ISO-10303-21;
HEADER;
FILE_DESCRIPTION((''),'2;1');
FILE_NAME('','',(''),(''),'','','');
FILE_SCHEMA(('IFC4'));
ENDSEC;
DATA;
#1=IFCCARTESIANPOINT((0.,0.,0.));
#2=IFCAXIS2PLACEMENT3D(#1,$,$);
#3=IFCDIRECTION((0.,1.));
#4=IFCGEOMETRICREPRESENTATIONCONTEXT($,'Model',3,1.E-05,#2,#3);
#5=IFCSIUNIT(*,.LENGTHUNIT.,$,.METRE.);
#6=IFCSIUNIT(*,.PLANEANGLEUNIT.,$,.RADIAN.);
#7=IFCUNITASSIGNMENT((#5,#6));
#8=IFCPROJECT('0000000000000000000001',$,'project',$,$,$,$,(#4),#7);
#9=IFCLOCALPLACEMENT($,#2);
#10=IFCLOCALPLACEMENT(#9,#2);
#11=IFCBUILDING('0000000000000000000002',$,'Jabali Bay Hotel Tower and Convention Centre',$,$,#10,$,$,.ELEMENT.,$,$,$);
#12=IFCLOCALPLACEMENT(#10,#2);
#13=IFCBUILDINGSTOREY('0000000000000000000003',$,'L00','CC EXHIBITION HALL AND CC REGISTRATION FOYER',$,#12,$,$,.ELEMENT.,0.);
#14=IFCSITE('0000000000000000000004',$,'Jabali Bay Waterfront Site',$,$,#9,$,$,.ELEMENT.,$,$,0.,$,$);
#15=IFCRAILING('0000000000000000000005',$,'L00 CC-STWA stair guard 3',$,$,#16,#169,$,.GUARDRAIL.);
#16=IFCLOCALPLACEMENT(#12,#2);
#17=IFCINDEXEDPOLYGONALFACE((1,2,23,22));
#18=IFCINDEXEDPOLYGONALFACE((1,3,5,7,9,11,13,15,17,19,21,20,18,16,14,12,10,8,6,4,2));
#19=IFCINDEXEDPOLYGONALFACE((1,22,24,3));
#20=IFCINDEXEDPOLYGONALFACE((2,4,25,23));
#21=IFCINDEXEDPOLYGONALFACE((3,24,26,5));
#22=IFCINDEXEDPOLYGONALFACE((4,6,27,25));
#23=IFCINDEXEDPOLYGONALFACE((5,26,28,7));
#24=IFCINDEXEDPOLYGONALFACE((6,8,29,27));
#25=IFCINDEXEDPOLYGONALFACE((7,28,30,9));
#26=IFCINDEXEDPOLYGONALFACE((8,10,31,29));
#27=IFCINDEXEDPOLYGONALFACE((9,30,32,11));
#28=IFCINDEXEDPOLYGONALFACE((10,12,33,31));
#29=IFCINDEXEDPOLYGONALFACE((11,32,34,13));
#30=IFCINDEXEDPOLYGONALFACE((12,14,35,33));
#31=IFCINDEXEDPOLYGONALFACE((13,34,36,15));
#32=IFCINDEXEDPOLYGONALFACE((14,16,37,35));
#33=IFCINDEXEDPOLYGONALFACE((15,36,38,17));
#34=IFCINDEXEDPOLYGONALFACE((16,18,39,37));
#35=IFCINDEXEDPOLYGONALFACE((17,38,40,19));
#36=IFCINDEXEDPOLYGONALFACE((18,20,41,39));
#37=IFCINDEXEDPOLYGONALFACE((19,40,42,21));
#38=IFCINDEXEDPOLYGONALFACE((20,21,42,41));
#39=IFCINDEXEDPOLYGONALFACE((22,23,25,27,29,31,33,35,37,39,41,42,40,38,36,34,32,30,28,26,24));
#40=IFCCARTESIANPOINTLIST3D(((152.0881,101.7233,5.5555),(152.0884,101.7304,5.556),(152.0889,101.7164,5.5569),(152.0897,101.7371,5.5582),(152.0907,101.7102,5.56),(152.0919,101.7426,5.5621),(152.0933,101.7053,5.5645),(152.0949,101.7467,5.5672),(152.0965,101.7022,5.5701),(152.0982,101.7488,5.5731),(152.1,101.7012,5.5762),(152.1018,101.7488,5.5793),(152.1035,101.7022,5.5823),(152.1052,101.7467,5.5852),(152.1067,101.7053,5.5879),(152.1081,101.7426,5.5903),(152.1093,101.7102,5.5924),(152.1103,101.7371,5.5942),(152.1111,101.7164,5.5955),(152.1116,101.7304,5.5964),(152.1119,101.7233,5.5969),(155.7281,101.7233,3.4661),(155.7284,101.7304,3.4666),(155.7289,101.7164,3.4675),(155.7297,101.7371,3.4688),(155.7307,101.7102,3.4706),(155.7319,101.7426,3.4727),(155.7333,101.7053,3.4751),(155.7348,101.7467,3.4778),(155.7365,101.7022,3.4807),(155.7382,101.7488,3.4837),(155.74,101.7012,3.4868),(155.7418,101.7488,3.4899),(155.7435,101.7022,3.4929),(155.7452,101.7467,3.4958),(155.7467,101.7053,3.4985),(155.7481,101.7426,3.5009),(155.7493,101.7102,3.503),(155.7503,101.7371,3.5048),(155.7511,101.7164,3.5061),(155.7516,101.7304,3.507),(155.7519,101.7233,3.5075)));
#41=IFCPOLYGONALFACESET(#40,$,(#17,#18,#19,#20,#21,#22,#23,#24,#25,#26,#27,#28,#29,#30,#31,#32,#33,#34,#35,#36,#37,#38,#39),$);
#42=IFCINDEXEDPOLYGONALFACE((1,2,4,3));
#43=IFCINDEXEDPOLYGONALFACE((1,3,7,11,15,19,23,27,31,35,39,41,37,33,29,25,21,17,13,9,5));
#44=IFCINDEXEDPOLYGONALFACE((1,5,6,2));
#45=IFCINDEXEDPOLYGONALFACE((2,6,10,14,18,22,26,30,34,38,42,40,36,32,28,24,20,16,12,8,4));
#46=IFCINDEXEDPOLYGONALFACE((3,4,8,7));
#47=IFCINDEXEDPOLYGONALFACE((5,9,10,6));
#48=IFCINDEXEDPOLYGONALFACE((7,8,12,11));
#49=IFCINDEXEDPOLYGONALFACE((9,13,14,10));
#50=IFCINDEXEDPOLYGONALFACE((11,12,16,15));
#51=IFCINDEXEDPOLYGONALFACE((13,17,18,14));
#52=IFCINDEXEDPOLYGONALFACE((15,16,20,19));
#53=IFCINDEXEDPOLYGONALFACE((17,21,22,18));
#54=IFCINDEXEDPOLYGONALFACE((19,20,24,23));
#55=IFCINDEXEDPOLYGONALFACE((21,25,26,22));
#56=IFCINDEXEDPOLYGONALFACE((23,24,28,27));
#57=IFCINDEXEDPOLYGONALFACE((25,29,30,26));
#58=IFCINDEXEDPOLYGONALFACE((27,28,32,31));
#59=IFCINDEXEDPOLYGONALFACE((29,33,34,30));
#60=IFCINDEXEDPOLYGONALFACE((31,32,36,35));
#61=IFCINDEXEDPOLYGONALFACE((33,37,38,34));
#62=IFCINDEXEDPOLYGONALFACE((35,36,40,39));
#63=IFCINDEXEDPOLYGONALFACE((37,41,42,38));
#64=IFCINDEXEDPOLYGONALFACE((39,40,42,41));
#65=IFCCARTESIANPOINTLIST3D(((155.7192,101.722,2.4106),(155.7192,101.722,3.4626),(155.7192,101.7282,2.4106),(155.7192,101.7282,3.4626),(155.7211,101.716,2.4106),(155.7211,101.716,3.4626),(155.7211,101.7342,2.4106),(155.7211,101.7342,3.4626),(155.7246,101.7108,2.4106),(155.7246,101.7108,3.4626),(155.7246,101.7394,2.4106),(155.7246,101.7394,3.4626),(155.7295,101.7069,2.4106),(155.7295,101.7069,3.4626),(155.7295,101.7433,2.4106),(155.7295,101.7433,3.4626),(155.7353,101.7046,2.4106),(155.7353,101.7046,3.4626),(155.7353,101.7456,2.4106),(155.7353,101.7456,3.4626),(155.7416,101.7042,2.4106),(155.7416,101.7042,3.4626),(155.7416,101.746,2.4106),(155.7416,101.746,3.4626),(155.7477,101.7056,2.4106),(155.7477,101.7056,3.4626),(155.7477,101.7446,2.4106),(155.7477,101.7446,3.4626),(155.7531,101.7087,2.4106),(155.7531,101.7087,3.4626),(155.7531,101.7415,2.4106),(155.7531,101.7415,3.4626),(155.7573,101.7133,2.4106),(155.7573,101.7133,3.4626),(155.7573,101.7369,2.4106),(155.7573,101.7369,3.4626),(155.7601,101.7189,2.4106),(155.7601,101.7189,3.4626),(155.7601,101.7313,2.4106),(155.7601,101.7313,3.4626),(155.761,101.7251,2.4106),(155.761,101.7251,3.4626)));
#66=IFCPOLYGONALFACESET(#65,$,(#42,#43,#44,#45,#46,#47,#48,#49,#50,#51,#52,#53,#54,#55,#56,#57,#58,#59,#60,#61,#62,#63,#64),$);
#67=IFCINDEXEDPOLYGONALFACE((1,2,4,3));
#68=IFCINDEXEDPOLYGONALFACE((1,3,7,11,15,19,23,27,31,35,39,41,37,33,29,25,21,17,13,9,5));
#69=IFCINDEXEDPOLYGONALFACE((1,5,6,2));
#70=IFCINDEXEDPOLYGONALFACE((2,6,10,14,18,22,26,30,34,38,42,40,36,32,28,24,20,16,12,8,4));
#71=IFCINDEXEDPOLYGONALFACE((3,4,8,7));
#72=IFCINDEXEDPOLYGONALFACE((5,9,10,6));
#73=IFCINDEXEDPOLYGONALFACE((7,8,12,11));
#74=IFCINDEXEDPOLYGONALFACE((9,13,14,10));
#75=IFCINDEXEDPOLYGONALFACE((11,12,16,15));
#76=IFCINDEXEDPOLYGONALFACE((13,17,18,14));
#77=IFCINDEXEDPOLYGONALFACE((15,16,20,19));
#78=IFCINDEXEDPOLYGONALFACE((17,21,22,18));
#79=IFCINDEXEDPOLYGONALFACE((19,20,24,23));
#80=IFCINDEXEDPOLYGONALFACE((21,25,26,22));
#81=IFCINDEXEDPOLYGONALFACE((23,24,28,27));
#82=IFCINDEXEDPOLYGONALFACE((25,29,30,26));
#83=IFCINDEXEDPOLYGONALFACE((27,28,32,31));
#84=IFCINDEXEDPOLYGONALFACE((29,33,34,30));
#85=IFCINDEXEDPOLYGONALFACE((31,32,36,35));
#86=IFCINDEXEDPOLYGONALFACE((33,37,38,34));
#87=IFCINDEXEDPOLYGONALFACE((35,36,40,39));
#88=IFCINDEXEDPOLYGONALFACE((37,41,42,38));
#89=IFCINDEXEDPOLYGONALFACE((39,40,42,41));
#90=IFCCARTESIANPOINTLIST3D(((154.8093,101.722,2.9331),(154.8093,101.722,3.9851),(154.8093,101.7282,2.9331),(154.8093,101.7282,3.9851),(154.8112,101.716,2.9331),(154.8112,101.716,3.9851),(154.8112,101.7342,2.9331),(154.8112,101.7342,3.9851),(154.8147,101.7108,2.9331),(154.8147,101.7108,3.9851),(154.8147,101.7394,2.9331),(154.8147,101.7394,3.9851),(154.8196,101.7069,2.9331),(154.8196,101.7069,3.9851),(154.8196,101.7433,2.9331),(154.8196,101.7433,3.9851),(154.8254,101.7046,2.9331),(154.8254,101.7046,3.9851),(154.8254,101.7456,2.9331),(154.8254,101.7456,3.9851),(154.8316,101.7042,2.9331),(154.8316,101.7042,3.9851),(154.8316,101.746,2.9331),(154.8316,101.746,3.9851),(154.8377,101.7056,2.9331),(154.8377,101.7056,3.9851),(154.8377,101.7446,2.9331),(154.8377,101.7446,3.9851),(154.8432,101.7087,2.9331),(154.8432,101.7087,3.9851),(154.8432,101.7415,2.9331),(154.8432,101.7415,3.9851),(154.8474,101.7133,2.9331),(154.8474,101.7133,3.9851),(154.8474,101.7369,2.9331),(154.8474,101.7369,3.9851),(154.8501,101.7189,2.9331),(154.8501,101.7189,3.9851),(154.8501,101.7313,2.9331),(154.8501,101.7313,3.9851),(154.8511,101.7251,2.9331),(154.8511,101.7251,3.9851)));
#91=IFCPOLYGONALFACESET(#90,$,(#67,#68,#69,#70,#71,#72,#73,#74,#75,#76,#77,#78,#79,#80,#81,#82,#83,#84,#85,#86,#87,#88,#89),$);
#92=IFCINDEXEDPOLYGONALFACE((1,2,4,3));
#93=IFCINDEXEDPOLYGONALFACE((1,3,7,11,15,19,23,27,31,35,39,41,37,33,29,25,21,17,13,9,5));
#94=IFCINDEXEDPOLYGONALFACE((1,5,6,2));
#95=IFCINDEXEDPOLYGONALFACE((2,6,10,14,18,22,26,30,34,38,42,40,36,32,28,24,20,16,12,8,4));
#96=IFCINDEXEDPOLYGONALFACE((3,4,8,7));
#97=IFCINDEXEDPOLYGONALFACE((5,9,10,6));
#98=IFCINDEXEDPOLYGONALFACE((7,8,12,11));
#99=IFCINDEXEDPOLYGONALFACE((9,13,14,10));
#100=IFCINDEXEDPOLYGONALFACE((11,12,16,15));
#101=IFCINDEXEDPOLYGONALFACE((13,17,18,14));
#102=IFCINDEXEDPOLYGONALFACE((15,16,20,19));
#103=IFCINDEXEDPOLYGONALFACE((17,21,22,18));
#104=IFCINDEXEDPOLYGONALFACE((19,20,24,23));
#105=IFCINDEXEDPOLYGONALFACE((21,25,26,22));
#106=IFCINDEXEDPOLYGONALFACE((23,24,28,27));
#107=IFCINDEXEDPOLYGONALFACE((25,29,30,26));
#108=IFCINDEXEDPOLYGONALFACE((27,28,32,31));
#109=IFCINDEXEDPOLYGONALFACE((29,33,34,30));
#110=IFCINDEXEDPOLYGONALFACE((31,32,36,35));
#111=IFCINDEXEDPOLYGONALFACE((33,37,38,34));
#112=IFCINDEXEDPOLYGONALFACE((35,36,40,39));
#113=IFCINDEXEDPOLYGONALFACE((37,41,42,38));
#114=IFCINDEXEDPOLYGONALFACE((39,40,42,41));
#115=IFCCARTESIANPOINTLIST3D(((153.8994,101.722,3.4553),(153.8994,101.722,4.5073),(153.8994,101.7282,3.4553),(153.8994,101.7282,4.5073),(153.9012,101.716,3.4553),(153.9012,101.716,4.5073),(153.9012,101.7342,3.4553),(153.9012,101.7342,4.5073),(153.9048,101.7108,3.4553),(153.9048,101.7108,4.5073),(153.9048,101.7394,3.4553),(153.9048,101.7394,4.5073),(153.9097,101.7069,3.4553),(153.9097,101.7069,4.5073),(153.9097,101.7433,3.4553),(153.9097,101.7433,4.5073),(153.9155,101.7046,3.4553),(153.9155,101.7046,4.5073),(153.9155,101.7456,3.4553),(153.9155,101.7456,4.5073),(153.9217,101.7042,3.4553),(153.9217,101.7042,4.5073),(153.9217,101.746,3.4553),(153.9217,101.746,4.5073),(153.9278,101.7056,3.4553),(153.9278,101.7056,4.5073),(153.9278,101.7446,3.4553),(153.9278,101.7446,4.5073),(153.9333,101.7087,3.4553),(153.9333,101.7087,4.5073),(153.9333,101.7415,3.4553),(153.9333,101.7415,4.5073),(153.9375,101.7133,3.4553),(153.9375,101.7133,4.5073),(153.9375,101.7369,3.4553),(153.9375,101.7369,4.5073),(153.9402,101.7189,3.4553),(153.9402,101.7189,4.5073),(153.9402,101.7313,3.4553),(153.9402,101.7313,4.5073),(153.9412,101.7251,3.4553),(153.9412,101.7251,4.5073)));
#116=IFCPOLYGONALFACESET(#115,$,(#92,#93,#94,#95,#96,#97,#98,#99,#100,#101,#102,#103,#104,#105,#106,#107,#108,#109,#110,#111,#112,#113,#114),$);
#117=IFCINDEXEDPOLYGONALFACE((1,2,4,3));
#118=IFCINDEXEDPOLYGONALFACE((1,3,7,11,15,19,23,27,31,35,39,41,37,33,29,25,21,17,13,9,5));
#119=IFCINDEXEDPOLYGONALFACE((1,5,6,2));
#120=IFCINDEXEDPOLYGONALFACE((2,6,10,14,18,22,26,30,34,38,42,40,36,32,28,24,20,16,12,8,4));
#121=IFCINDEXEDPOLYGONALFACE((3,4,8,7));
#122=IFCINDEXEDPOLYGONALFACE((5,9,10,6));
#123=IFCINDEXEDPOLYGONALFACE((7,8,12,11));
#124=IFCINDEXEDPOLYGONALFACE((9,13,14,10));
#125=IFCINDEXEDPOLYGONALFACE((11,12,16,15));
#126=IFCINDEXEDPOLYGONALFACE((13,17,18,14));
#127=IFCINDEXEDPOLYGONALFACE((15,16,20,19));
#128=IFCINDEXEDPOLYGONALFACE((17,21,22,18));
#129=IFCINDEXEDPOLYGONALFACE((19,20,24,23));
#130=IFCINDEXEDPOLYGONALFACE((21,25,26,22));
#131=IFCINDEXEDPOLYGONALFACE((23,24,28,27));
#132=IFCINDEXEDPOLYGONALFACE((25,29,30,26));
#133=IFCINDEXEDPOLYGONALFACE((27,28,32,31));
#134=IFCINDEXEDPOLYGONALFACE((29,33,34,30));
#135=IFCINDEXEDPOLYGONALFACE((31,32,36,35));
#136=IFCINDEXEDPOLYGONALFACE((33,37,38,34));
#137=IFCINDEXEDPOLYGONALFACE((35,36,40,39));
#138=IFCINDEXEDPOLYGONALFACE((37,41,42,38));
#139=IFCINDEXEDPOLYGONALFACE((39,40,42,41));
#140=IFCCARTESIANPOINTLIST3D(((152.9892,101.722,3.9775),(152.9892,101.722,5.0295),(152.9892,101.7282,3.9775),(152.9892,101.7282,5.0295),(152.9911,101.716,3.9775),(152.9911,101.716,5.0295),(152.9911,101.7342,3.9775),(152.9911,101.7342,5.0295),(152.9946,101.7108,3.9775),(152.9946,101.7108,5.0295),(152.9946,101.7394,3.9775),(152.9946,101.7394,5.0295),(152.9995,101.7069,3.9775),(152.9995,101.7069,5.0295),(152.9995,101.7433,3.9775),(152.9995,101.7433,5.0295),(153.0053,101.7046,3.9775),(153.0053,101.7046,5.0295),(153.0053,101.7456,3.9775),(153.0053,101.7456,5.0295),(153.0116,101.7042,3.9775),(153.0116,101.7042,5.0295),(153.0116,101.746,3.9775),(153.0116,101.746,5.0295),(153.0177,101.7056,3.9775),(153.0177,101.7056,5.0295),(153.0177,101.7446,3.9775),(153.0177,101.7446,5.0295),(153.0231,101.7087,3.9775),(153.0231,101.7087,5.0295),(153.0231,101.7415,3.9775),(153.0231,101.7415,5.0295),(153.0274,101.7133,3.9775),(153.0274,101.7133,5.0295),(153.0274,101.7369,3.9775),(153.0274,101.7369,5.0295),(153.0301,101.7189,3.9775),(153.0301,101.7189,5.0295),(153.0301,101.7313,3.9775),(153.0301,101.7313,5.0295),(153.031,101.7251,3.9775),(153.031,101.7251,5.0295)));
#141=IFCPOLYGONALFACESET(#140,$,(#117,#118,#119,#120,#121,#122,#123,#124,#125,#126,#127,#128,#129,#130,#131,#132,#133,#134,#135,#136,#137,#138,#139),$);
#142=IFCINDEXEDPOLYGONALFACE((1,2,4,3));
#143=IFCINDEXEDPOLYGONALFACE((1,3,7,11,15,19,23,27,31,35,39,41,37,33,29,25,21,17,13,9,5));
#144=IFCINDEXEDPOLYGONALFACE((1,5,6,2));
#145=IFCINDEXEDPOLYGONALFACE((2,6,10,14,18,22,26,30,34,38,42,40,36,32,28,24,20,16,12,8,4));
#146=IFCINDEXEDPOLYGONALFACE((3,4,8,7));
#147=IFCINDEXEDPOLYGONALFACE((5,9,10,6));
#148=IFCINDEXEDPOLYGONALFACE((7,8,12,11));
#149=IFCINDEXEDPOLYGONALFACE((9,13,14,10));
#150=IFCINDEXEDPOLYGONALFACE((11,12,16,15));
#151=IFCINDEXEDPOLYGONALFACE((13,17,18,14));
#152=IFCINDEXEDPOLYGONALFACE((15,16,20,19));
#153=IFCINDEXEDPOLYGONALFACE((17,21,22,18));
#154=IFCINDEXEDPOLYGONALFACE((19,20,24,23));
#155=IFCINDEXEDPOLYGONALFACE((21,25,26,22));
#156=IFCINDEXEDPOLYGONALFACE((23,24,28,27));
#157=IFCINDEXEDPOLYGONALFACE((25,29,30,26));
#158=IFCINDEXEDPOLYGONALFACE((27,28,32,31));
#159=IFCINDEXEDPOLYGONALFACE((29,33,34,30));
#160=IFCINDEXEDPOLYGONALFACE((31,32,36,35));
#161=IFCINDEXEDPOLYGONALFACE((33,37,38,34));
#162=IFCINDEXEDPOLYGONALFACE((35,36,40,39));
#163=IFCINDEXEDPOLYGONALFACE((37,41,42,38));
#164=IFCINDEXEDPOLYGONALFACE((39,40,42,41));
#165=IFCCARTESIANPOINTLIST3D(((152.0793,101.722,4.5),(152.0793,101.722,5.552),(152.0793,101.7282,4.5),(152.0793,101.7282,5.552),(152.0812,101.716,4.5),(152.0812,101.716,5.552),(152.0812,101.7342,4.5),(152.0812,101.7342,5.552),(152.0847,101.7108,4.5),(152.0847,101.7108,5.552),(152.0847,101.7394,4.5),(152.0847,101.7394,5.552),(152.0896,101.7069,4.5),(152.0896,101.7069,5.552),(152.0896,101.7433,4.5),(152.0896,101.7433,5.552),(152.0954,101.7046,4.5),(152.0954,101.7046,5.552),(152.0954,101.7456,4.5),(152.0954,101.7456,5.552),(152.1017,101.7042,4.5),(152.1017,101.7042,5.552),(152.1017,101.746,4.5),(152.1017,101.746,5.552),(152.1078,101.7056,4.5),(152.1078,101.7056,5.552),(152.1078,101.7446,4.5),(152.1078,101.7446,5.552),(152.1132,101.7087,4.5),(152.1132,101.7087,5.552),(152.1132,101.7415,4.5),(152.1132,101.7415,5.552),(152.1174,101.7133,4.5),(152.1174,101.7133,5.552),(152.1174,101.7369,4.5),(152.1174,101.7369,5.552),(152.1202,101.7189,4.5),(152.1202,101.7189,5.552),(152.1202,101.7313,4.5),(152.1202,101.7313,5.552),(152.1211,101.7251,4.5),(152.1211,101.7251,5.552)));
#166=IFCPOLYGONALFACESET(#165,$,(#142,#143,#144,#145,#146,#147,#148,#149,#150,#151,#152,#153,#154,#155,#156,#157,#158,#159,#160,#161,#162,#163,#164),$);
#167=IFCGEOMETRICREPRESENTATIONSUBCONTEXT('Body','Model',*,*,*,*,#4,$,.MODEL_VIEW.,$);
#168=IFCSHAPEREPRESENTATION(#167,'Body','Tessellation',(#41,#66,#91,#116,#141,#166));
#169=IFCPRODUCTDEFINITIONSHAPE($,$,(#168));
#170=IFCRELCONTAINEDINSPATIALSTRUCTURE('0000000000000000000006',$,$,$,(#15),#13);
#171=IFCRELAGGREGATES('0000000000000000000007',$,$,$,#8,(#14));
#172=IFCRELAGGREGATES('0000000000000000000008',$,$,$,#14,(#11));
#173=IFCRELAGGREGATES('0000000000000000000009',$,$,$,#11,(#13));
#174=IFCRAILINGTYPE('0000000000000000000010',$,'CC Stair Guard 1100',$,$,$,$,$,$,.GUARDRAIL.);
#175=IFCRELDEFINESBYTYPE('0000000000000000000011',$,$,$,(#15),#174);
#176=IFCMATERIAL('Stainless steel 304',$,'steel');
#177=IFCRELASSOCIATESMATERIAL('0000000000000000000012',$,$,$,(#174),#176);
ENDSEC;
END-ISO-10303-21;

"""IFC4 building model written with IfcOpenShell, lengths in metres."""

from ifc_helpers import new_model, si_unit, direction, frame, origin, origin_2d, place, context, subcontext, project, spatial, circle, extrude, material, type_object, element, save


model = new_model("IFC4")

# Units and contexts
model_context = context("Model", 3, precision=1e-05, world=origin(), true_north=direction((0.0, 1.0)))
body_context = subcontext(model_context, "Body", "Model", "MODEL_VIEW")
ifc_project = project(units=[si_unit("LENGTHUNIT", "METRE"), si_unit("PLANEANGLEUNIT", "RADIAN")], contexts=[model_context])

# Site, building, storey
site_placement = place(None, origin())
site = spatial("IfcSite", under=ifc_project, at=site_placement, Name="Jabali Bay Waterfront Site", CompositionType="ELEMENT", RefElevation=0.0)
building_placement = place(site_placement, origin())
building = spatial("IfcBuilding", under=site, at=building_placement, Name="Jabali Bay Hotel Tower and Convention Centre", CompositionType="ELEMENT")
storey_placement = place(building_placement, origin())
storey = spatial("IfcBuildingStorey", under=building, at=storey_placement, Name="L00", Description="CC EXHIBITION HALL AND CC REGISTRATION FOYER", CompositionType="ELEMENT", Elevation=0.0)

# Railing
ifc_material_1 = material(Name="Stainless steel 304", Category="steel")
railing_type_1 = type_object("IfcRailingType", Name="CC Stair Guard 1100", PredefinedType="GUARDRAIL", material=ifc_material_1)
railing_1_placement = place(storey_placement, frame((155.74, 101.7251, 2.4106)))
element("IfcRailing", 1, at=railing_1_placement, inside=storey, type_object=railing_type_1, Name="L00 CC-STWA stair guard 3", PredefinedType="GUARDRAIL", context=body_context, shape_type="SweptSolid", body=[
    extrude(circle(Radius=0.0239, at=origin_2d()), frame((0.0, 0.0, 1.0762), z_axis=(-0.867275, 0.0, 0.497829), x_axis=(0.0, -1.0, 0.0)), (0.0, 0.0, 1.0), 4.197),
    extrude(circle(Radius=0.021, at=origin_2d()), origin(), (0.0, 0.0, 1.0), 1.052),
    extrude(circle(Radius=0.021, at=origin_2d()), frame((-0.9099, 0.0, 0.5225)), (0.0, 0.0, 1.0), 1.052),
    extrude(circle(Radius=0.021, at=origin_2d()), frame((-1.8198, 0.0, 1.0447)), (0.0, 0.0, 1.0), 1.052),
    extrude(circle(Radius=0.021, at=origin_2d()), frame((-2.73, 0.0, 1.5669)), (0.0, 0.0, 1.0), 1.052),
    extrude(circle(Radius=0.021, at=origin_2d()), frame((-3.6399, 0.0, 2.0894)), (0.0, 0.0, 1.0), 1.052),
])

save(model, "model.ifc")
